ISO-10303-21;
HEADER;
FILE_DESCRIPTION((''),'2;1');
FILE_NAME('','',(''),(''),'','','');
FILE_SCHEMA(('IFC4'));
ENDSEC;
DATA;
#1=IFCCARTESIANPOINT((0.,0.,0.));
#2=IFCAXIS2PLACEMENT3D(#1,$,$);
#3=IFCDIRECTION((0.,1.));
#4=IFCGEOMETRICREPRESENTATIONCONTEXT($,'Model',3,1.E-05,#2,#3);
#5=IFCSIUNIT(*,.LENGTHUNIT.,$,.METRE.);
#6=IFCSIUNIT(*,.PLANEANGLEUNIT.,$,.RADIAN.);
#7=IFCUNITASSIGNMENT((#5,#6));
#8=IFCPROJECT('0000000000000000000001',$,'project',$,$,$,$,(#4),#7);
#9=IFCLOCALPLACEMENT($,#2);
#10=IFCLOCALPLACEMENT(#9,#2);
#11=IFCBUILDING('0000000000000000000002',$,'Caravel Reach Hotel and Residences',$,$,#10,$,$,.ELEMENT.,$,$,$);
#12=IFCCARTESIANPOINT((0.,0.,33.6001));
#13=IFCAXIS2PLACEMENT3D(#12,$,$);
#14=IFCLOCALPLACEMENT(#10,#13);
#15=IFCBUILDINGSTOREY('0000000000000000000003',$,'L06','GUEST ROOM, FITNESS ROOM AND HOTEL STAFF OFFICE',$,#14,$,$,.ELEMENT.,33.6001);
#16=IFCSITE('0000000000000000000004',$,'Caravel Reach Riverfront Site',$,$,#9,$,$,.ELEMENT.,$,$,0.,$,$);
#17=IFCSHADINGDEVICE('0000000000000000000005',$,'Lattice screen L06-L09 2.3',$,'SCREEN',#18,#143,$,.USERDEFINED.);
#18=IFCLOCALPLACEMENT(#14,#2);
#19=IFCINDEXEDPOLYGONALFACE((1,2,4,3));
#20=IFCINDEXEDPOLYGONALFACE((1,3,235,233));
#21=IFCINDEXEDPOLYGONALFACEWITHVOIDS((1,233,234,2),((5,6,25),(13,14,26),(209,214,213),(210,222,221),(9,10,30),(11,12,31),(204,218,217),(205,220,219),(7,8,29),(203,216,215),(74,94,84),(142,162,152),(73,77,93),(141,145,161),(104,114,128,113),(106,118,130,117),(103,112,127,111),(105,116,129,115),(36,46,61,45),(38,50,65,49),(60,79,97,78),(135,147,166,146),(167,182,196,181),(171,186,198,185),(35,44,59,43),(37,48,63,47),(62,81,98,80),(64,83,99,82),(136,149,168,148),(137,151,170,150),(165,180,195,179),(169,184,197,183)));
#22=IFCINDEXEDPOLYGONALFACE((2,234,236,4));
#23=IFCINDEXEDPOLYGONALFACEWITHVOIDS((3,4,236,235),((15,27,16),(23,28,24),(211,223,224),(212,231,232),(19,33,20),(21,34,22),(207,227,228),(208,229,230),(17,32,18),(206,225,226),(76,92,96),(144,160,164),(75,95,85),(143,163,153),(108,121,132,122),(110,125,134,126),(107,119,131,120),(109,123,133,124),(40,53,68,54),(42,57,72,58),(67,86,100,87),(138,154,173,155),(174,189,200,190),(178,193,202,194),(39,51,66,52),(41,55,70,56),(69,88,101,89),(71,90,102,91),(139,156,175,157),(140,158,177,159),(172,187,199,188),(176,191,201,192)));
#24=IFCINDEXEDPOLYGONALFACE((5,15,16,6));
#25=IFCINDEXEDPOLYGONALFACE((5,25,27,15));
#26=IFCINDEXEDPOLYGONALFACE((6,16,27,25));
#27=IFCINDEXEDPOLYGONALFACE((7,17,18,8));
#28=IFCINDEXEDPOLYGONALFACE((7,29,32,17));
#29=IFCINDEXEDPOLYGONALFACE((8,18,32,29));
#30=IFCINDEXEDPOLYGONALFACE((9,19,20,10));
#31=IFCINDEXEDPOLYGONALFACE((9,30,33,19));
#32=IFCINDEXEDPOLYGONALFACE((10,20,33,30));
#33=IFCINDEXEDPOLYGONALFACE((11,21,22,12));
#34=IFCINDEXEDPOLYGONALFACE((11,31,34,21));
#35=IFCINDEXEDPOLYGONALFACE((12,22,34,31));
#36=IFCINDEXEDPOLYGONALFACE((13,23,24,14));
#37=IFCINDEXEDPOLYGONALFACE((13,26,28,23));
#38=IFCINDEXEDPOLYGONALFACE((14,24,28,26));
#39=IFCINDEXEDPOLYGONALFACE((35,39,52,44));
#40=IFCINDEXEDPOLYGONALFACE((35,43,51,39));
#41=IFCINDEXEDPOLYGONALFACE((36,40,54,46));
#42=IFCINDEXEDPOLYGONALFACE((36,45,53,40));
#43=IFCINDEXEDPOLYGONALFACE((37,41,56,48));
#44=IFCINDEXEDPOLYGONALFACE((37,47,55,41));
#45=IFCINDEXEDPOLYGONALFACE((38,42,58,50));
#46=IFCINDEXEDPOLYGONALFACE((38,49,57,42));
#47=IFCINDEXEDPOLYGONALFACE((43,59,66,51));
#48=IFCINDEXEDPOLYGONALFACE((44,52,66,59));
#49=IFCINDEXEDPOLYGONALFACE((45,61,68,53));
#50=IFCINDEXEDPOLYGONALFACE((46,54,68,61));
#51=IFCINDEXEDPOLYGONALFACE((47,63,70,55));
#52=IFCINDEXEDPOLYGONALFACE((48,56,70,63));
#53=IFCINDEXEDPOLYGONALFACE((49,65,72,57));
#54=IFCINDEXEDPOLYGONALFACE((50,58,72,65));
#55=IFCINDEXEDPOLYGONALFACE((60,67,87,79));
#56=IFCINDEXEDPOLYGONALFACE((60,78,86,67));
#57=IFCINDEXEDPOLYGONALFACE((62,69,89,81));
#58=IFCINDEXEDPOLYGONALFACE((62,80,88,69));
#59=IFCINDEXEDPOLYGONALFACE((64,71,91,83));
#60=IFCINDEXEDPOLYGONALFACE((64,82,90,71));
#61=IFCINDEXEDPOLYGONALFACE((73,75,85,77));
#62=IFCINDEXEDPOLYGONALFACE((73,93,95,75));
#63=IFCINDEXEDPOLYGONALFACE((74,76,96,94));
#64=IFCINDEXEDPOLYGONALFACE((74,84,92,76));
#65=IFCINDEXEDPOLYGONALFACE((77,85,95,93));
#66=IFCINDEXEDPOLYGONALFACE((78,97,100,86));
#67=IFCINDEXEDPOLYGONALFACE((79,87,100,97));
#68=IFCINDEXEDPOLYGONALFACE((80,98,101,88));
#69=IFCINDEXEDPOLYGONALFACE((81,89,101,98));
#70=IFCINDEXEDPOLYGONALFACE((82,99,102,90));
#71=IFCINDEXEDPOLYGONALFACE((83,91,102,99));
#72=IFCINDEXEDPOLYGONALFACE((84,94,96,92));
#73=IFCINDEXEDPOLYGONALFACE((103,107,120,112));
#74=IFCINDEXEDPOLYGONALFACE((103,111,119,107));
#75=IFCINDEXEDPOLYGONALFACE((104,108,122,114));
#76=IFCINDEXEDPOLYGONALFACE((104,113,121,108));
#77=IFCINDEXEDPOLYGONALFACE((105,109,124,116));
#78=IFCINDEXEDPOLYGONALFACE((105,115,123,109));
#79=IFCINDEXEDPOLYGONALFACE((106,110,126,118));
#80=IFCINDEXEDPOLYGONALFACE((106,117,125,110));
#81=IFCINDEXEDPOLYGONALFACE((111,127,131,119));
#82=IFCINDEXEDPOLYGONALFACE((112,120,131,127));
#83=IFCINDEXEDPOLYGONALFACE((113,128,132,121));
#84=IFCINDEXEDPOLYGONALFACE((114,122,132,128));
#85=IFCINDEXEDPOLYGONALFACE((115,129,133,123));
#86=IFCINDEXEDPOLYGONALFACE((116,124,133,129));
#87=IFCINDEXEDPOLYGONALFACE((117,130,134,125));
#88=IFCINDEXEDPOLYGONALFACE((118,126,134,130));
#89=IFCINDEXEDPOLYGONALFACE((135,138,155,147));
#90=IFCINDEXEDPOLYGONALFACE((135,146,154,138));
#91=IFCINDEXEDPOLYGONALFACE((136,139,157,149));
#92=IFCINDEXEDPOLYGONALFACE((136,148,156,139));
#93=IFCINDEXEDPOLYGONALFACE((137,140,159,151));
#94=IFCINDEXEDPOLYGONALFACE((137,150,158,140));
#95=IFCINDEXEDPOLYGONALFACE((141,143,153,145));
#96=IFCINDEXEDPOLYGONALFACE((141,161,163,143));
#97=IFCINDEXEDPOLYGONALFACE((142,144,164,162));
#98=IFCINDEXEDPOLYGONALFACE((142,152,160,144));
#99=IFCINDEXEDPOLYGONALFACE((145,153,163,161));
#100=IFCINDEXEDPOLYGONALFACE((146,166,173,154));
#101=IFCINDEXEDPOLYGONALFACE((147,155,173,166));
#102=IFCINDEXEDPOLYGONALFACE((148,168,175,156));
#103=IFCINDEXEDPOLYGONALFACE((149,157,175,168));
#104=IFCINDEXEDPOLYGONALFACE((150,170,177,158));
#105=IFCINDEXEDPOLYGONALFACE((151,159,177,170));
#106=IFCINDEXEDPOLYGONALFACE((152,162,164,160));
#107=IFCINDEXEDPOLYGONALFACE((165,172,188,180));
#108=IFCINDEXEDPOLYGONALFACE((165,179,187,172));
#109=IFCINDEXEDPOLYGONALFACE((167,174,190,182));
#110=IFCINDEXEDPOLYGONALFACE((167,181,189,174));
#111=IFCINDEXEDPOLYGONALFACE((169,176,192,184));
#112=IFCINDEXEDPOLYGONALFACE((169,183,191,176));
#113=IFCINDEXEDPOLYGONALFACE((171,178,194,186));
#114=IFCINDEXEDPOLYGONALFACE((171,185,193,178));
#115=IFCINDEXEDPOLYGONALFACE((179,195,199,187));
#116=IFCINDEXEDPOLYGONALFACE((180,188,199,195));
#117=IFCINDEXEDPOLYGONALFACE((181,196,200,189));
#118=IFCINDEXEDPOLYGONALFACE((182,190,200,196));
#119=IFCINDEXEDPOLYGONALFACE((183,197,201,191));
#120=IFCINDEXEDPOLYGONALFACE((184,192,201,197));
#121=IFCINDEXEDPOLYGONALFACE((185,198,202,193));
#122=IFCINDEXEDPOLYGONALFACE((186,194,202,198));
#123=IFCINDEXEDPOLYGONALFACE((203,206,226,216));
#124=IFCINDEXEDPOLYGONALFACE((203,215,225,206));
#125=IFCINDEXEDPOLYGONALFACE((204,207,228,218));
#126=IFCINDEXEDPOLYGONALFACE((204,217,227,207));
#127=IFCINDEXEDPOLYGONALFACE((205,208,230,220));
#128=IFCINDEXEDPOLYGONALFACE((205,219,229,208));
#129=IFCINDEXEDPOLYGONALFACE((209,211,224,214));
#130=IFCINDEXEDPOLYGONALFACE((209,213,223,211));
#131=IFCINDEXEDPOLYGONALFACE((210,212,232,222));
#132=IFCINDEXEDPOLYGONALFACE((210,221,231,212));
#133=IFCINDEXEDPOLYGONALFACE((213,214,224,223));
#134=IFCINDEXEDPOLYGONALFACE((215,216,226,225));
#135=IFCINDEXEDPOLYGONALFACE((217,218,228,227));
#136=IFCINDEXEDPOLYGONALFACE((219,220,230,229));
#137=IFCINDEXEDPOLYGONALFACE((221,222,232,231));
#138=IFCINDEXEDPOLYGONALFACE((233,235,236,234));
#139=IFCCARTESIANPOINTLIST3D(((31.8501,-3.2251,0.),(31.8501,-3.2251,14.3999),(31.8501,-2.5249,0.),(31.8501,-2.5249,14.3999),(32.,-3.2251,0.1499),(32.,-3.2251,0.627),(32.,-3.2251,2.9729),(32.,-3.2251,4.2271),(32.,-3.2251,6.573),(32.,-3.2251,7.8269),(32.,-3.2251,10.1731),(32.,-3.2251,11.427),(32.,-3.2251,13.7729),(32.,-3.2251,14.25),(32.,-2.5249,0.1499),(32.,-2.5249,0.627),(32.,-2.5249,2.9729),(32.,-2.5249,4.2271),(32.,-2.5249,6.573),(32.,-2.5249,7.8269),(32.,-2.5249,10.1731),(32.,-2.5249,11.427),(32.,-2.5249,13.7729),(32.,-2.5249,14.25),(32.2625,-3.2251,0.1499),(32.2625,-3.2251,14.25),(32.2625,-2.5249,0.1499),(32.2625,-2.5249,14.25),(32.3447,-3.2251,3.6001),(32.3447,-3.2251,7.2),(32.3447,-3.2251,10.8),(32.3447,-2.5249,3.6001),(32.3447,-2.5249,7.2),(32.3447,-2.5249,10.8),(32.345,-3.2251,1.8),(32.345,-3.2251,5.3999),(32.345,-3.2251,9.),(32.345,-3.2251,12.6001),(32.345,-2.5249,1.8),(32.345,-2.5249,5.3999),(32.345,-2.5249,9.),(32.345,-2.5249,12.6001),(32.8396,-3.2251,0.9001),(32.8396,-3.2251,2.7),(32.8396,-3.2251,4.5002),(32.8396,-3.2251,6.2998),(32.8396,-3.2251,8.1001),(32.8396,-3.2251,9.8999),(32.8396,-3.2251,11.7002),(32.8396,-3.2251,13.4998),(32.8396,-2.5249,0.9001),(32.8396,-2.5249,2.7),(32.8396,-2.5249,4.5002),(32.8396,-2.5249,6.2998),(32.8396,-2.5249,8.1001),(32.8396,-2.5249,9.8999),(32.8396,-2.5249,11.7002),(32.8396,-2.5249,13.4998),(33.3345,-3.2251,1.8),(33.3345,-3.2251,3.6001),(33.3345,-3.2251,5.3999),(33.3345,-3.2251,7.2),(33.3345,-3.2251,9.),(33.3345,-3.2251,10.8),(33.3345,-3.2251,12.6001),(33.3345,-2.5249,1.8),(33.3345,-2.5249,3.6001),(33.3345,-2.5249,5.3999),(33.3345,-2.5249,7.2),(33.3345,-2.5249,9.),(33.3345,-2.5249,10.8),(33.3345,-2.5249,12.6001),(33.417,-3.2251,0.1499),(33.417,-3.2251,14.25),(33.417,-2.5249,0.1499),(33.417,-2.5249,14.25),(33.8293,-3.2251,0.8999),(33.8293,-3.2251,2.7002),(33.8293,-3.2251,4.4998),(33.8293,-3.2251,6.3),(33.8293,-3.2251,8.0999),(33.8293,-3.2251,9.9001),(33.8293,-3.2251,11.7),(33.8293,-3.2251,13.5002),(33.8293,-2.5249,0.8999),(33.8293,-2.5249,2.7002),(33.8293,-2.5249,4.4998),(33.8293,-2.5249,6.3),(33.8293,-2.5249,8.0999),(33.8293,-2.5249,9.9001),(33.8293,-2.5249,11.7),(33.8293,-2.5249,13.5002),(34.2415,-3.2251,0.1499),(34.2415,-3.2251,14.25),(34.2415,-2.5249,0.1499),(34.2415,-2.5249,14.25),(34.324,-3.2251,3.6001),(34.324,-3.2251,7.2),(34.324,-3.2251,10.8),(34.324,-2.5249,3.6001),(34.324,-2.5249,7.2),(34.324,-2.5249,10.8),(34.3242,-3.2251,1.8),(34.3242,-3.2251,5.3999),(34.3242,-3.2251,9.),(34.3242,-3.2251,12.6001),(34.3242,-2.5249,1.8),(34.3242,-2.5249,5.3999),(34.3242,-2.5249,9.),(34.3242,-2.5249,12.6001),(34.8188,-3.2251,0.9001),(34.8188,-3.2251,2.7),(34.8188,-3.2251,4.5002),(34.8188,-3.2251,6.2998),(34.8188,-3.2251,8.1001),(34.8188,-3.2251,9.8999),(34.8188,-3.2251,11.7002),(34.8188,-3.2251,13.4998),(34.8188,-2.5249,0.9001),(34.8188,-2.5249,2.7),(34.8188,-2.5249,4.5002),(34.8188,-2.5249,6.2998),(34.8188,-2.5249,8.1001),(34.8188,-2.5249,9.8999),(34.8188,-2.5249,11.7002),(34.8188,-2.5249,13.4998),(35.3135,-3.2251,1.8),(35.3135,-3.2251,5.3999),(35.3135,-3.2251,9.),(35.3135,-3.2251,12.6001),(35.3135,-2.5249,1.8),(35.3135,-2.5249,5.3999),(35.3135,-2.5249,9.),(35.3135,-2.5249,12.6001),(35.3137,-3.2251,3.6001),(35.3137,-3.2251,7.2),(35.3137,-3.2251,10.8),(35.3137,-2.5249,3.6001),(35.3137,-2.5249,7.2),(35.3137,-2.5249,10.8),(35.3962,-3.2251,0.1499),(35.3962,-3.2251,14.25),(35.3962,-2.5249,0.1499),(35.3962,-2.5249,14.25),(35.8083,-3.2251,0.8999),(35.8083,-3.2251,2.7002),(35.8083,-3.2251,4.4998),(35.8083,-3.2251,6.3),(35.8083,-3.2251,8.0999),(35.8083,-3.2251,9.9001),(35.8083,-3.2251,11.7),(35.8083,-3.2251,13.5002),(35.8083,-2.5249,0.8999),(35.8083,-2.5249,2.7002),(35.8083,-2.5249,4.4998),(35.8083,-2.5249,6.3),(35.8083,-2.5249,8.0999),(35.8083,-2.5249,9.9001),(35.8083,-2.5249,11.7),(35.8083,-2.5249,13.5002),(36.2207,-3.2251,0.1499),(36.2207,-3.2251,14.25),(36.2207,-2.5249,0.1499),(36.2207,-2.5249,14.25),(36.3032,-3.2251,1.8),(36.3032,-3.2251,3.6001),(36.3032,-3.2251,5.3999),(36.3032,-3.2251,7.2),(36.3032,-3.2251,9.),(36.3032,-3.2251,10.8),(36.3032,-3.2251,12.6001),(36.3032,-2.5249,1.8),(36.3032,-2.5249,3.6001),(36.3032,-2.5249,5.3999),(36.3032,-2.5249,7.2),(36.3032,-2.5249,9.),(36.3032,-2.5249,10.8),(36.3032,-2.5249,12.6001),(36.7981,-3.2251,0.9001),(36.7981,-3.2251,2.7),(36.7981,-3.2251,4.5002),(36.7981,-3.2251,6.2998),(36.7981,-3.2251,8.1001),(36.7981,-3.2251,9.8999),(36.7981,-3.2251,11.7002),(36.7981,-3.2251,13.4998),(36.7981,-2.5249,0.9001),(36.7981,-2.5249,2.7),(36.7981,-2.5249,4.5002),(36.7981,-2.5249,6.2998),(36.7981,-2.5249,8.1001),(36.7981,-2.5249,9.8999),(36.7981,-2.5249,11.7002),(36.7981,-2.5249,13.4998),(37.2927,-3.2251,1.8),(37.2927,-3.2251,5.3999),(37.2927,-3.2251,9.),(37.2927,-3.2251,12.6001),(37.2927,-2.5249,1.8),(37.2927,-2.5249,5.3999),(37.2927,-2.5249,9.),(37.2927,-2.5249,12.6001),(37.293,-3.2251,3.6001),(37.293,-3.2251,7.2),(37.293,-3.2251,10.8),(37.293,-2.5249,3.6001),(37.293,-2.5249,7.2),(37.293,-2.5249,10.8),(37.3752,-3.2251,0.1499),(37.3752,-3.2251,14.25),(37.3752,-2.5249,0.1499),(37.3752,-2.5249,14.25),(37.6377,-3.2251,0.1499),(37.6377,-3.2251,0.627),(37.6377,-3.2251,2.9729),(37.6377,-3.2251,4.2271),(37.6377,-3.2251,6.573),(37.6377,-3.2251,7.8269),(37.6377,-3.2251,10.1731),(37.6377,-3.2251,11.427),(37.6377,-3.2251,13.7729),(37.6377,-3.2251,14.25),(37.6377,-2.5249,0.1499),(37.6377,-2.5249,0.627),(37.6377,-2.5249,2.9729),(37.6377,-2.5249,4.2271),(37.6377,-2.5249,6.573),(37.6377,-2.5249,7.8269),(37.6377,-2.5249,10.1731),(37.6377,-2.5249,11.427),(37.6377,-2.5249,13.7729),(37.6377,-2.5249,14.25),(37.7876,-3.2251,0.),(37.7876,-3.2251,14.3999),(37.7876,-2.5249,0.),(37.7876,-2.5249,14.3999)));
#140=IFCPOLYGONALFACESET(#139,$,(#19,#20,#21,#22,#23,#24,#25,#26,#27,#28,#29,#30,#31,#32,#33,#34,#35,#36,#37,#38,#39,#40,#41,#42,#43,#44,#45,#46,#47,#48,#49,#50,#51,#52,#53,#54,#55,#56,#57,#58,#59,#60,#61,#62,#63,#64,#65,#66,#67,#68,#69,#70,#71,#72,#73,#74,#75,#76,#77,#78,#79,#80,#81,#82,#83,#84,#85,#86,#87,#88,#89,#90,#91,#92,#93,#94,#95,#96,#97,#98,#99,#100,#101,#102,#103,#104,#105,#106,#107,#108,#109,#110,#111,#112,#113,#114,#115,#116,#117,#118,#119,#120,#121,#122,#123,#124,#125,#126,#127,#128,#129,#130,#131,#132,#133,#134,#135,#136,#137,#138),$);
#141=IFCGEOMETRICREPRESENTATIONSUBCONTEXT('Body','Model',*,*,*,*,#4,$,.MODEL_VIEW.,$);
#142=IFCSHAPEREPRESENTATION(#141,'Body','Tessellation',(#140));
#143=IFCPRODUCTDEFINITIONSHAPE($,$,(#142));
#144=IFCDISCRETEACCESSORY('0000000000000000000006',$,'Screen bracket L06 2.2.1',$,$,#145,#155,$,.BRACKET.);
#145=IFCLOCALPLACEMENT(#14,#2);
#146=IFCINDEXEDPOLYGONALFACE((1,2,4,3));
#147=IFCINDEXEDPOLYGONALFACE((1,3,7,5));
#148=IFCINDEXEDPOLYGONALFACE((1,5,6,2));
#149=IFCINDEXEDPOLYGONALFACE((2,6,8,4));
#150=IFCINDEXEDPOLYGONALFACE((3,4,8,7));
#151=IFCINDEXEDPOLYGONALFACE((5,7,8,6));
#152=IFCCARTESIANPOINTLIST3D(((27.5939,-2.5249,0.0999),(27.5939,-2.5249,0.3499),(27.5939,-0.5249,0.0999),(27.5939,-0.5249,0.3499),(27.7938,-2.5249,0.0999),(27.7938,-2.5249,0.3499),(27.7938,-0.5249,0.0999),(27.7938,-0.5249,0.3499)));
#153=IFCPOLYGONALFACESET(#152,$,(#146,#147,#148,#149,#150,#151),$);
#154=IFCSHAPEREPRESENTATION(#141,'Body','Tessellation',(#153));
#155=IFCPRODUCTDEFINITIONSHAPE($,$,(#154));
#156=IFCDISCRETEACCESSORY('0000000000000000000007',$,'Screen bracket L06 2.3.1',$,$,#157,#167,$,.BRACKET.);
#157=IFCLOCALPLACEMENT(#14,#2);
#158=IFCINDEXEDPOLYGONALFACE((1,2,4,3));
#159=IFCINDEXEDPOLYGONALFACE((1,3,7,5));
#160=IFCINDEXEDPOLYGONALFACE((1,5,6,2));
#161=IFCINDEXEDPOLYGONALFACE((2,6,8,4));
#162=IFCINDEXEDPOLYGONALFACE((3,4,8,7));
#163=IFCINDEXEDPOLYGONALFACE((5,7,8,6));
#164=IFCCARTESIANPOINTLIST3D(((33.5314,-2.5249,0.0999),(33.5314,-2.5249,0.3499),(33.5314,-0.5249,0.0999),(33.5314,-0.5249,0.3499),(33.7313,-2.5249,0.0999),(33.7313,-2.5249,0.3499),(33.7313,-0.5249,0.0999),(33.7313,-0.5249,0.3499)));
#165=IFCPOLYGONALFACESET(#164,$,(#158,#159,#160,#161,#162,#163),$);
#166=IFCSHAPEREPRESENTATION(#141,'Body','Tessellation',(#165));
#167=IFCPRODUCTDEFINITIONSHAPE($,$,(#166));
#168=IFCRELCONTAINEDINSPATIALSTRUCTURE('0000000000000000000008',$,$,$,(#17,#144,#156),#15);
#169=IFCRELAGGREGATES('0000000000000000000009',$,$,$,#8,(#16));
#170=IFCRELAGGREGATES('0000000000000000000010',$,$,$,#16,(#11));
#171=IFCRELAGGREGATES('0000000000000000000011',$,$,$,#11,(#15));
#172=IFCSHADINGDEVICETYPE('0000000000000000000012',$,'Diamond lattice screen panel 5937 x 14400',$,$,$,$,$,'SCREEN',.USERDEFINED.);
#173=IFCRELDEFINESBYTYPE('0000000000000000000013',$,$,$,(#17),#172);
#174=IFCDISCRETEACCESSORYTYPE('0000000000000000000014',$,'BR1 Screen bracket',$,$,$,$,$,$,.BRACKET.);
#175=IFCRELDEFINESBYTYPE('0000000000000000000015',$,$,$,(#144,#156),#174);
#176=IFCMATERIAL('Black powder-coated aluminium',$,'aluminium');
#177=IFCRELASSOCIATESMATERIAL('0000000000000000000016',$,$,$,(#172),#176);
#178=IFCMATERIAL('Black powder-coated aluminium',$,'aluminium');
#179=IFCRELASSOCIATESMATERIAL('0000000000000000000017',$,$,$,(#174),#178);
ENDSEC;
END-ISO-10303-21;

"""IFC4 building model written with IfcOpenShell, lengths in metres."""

from ifc_helpers import new_model, si_unit, direction, frame, origin, origin_2d, place, context, subcontext, project, spatial, polyline, rectangle, outline, extrude, material, type_object, element, save


model = new_model("IFC4")

# Units and contexts
model_context = context("Model", 3, precision=1e-05, world=origin(), true_north=direction((0.0, 1.0)))
body_context = subcontext(model_context, "Body", "Model", "MODEL_VIEW")
ifc_project = project(units=[si_unit("LENGTHUNIT", "METRE"), si_unit("PLANEANGLEUNIT", "RADIAN")], contexts=[model_context])

# Site, building, storey
site_placement = place(None, origin())
site = spatial("IfcSite", under=ifc_project, at=site_placement, Name="Caravel Reach Riverfront Site", CompositionType="ELEMENT", RefElevation=0.0)
building_placement = place(site_placement, origin())
building = spatial("IfcBuilding", under=site, at=building_placement, Name="Caravel Reach Hotel and Residences", CompositionType="ELEMENT")
storey_placement = place(building_placement, frame((0.0, 0.0, 33.6001)))
storey = spatial("IfcBuildingStorey", under=building, at=storey_placement, Name="L06", Description="GUEST ROOM, FITNESS ROOM AND HOTEL STAFF OFFICE", CompositionType="ELEMENT", Elevation=33.6001)

# Shading device
ifc_material_1 = material(Name="Black powder-coated aluminium", Category="aluminium")
shading_device_type = type_object("IfcShadingDeviceType", Name="Diamond lattice screen panel 5937 x 14400", ElementType="SCREEN", PredefinedType="USERDEFINED", material=ifc_material_1)
shading_device_placement = place(storey_placement, frame((31.8501, -2.5249, 0.0), z_axis=(0.0, -1.0, 0.0), x_axis=(1.0, 0.0, 0.0)))
element("IfcShadingDevice", 1, at=shading_device_placement, inside=storey, type_object=shading_device_type, Name="Lattice screen L06-L09 2.3", ObjectType="SCREEN", PredefinedType="USERDEFINED", context=body_context, shape_type="SweptSolid", body=[
    extrude(outline(polyline([(0.0, 0.0), (5.9375, 0.0), (5.9375, 14.3999), (0.0, 14.3999), (0.0, 0.0)]), holes=[polyline([(0.4124, 0.1499), (0.1499, 0.627), (0.1499, 0.1499), (0.4124, 0.1499)]), polyline([(0.4946, 3.6001), (0.1499, 4.2271), (0.1499, 2.9729), (0.4946, 3.6001)]), polyline([(0.4946, 7.2), (0.1499, 7.8269), (0.1499, 6.573), (0.4946, 7.2)]), polyline([(0.4946, 10.8), (0.1499, 11.427), (0.1499, 10.1731), (0.4946, 10.8)]), polyline([(0.1499, 13.7729), (0.4124, 14.25), (0.1499, 14.25), (0.1499, 13.7729)]), polyline([(0.9895, 2.7), (0.4949, 1.8), (0.9895, 0.9001), (1.4844, 1.8), (0.9895, 2.7)]), polyline([(0.9895, 6.2998), (0.4949, 5.3999), (0.9895, 4.5002), (1.4844, 5.3999), (0.9895, 6.2998)]), polyline([(0.9895, 9.8999), (0.4949, 9.0), (0.9895, 8.1001), (1.4844, 9.0), (0.9895, 9.8999)]), polyline([(0.9895, 13.4998), (0.4949, 12.6001), (0.9895, 11.7002), (1.4844, 12.6001), (0.9895, 13.4998)]), polyline([(1.9792, 0.8999), (1.5669, 0.1499), (2.3914, 0.1499), (1.9792, 0.8999)]), polyline([(1.9792, 4.4998), (1.4844, 3.6001), (1.9792, 2.7002), (2.4739, 3.6001), (1.9792, 4.4998)]), polyline([(1.9792, 8.0999), (1.4844, 7.2), (1.9792, 6.3), (2.4739, 7.2), (1.9792, 8.0999)]), polyline([(1.9792, 11.7), (1.4844, 10.8), (1.9792, 9.9001), (2.4739, 10.8), (1.9792, 11.7)]), polyline([(1.9792, 13.5002), (2.3914, 14.25), (1.5669, 14.25), (1.9792, 13.5002)]), polyline([(2.9688, 2.7), (2.4741, 1.8), (2.9688, 0.9001), (3.4634, 1.8), (2.9688, 2.7)]), polyline([(2.9688, 6.2998), (2.4741, 5.3999), (2.9688, 4.5002), (3.4634, 5.3999), (2.9688, 6.2998)]), polyline([(2.9688, 9.8999), (2.4741, 9.0), (2.9688, 8.1001), (3.4634, 9.0), (2.9688, 9.8999)]), polyline([(2.9688, 13.4998), (2.4741, 12.6001), (2.9688, 11.7002), (3.4634, 12.6001), (2.9688, 13.4998)]), polyline([(3.9583, 0.8999), (3.5461, 0.1499), (4.3706, 0.1499), (3.9583, 0.8999)]), polyline([(3.9583, 4.4998), (3.4636, 3.6001), (3.9583, 2.7002), (4.4531, 3.6001), (3.9583, 4.4998)]), polyline([(3.9583, 8.0999), (3.4636, 7.2), (3.9583, 6.3), (4.4531, 7.2), (3.9583, 8.0999)]), polyline([(3.9583, 11.7), (3.4636, 10.8), (3.9583, 9.9001), (4.4531, 10.8), (3.9583, 11.7)]), polyline([(3.9583, 13.5002), (4.3706, 14.25), (3.5461, 14.25), (3.9583, 13.5002)]), polyline([(4.948, 2.7), (4.4531, 1.8), (4.948, 0.9001), (5.4426, 1.8), (4.948, 2.7)]), polyline([(4.948, 6.2998), (4.4531, 5.3999), (4.948, 4.5002), (5.4426, 5.3999), (4.948, 6.2998)]), polyline([(4.948, 9.8999), (4.4531, 9.0), (4.948, 8.1001), (5.4426, 9.0), (4.948, 9.8999)]), polyline([(4.948, 13.4998), (4.4531, 12.6001), (4.948, 11.7002), (5.4426, 12.6001), (4.948, 13.4998)]), polyline([(5.7876, 0.627), (5.5251, 0.1499), (5.7876, 0.1499), (5.7876, 0.627)]), polyline([(5.4429, 3.6001), (5.7876, 2.9729), (5.7876, 4.2271), (5.4429, 3.6001)]), polyline([(5.4429, 7.2), (5.7876, 6.573), (5.7876, 7.8269), (5.4429, 7.2)]), polyline([(5.4429, 10.8), (5.7876, 10.1731), (5.7876, 11.427), (5.4429, 10.8)]), polyline([(5.5251, 14.25), (5.7876, 13.7729), (5.7876, 14.25), (5.5251, 14.25)])]), origin(), (0.0, 0.0, 1.0), 0.7002),
])

# Discrete accessories
ifc_material_2 = material(Name="Black powder-coated aluminium", Category="aluminium")
discrete_accessory_type = type_object("IfcDiscreteAccessoryType", Name="BR1 Screen bracket", PredefinedType="BRACKET", material=ifc_material_2)
for number, where, z_axis, x_axis, name in (
    (2, (27.6938, -1.5249, 0.0999), (0.0, 0.0, 1.0), (0.0, -1.0, 0.0), "Screen bracket L06 2.2.1"),
    (3, (33.6313, -1.5249, 0.0999), (0.0, 0.0, 1.0), (0.0, -1.0, 0.0), "Screen bracket L06 2.3.1"),
):
    element("IfcDiscreteAccessory", number, at=place(storey_placement, frame(where, z_axis=z_axis, x_axis=x_axis)), inside=storey, type_object=discrete_accessory_type, Name=name, PredefinedType="BRACKET", context=body_context, shape_type="SweptSolid", body=[
        extrude(rectangle(XDim=2.0, YDim=0.2, at=origin_2d()), origin(), (0.0, 0.0, 1.0), 0.25),
    ])

save(model, "model.ifc")
